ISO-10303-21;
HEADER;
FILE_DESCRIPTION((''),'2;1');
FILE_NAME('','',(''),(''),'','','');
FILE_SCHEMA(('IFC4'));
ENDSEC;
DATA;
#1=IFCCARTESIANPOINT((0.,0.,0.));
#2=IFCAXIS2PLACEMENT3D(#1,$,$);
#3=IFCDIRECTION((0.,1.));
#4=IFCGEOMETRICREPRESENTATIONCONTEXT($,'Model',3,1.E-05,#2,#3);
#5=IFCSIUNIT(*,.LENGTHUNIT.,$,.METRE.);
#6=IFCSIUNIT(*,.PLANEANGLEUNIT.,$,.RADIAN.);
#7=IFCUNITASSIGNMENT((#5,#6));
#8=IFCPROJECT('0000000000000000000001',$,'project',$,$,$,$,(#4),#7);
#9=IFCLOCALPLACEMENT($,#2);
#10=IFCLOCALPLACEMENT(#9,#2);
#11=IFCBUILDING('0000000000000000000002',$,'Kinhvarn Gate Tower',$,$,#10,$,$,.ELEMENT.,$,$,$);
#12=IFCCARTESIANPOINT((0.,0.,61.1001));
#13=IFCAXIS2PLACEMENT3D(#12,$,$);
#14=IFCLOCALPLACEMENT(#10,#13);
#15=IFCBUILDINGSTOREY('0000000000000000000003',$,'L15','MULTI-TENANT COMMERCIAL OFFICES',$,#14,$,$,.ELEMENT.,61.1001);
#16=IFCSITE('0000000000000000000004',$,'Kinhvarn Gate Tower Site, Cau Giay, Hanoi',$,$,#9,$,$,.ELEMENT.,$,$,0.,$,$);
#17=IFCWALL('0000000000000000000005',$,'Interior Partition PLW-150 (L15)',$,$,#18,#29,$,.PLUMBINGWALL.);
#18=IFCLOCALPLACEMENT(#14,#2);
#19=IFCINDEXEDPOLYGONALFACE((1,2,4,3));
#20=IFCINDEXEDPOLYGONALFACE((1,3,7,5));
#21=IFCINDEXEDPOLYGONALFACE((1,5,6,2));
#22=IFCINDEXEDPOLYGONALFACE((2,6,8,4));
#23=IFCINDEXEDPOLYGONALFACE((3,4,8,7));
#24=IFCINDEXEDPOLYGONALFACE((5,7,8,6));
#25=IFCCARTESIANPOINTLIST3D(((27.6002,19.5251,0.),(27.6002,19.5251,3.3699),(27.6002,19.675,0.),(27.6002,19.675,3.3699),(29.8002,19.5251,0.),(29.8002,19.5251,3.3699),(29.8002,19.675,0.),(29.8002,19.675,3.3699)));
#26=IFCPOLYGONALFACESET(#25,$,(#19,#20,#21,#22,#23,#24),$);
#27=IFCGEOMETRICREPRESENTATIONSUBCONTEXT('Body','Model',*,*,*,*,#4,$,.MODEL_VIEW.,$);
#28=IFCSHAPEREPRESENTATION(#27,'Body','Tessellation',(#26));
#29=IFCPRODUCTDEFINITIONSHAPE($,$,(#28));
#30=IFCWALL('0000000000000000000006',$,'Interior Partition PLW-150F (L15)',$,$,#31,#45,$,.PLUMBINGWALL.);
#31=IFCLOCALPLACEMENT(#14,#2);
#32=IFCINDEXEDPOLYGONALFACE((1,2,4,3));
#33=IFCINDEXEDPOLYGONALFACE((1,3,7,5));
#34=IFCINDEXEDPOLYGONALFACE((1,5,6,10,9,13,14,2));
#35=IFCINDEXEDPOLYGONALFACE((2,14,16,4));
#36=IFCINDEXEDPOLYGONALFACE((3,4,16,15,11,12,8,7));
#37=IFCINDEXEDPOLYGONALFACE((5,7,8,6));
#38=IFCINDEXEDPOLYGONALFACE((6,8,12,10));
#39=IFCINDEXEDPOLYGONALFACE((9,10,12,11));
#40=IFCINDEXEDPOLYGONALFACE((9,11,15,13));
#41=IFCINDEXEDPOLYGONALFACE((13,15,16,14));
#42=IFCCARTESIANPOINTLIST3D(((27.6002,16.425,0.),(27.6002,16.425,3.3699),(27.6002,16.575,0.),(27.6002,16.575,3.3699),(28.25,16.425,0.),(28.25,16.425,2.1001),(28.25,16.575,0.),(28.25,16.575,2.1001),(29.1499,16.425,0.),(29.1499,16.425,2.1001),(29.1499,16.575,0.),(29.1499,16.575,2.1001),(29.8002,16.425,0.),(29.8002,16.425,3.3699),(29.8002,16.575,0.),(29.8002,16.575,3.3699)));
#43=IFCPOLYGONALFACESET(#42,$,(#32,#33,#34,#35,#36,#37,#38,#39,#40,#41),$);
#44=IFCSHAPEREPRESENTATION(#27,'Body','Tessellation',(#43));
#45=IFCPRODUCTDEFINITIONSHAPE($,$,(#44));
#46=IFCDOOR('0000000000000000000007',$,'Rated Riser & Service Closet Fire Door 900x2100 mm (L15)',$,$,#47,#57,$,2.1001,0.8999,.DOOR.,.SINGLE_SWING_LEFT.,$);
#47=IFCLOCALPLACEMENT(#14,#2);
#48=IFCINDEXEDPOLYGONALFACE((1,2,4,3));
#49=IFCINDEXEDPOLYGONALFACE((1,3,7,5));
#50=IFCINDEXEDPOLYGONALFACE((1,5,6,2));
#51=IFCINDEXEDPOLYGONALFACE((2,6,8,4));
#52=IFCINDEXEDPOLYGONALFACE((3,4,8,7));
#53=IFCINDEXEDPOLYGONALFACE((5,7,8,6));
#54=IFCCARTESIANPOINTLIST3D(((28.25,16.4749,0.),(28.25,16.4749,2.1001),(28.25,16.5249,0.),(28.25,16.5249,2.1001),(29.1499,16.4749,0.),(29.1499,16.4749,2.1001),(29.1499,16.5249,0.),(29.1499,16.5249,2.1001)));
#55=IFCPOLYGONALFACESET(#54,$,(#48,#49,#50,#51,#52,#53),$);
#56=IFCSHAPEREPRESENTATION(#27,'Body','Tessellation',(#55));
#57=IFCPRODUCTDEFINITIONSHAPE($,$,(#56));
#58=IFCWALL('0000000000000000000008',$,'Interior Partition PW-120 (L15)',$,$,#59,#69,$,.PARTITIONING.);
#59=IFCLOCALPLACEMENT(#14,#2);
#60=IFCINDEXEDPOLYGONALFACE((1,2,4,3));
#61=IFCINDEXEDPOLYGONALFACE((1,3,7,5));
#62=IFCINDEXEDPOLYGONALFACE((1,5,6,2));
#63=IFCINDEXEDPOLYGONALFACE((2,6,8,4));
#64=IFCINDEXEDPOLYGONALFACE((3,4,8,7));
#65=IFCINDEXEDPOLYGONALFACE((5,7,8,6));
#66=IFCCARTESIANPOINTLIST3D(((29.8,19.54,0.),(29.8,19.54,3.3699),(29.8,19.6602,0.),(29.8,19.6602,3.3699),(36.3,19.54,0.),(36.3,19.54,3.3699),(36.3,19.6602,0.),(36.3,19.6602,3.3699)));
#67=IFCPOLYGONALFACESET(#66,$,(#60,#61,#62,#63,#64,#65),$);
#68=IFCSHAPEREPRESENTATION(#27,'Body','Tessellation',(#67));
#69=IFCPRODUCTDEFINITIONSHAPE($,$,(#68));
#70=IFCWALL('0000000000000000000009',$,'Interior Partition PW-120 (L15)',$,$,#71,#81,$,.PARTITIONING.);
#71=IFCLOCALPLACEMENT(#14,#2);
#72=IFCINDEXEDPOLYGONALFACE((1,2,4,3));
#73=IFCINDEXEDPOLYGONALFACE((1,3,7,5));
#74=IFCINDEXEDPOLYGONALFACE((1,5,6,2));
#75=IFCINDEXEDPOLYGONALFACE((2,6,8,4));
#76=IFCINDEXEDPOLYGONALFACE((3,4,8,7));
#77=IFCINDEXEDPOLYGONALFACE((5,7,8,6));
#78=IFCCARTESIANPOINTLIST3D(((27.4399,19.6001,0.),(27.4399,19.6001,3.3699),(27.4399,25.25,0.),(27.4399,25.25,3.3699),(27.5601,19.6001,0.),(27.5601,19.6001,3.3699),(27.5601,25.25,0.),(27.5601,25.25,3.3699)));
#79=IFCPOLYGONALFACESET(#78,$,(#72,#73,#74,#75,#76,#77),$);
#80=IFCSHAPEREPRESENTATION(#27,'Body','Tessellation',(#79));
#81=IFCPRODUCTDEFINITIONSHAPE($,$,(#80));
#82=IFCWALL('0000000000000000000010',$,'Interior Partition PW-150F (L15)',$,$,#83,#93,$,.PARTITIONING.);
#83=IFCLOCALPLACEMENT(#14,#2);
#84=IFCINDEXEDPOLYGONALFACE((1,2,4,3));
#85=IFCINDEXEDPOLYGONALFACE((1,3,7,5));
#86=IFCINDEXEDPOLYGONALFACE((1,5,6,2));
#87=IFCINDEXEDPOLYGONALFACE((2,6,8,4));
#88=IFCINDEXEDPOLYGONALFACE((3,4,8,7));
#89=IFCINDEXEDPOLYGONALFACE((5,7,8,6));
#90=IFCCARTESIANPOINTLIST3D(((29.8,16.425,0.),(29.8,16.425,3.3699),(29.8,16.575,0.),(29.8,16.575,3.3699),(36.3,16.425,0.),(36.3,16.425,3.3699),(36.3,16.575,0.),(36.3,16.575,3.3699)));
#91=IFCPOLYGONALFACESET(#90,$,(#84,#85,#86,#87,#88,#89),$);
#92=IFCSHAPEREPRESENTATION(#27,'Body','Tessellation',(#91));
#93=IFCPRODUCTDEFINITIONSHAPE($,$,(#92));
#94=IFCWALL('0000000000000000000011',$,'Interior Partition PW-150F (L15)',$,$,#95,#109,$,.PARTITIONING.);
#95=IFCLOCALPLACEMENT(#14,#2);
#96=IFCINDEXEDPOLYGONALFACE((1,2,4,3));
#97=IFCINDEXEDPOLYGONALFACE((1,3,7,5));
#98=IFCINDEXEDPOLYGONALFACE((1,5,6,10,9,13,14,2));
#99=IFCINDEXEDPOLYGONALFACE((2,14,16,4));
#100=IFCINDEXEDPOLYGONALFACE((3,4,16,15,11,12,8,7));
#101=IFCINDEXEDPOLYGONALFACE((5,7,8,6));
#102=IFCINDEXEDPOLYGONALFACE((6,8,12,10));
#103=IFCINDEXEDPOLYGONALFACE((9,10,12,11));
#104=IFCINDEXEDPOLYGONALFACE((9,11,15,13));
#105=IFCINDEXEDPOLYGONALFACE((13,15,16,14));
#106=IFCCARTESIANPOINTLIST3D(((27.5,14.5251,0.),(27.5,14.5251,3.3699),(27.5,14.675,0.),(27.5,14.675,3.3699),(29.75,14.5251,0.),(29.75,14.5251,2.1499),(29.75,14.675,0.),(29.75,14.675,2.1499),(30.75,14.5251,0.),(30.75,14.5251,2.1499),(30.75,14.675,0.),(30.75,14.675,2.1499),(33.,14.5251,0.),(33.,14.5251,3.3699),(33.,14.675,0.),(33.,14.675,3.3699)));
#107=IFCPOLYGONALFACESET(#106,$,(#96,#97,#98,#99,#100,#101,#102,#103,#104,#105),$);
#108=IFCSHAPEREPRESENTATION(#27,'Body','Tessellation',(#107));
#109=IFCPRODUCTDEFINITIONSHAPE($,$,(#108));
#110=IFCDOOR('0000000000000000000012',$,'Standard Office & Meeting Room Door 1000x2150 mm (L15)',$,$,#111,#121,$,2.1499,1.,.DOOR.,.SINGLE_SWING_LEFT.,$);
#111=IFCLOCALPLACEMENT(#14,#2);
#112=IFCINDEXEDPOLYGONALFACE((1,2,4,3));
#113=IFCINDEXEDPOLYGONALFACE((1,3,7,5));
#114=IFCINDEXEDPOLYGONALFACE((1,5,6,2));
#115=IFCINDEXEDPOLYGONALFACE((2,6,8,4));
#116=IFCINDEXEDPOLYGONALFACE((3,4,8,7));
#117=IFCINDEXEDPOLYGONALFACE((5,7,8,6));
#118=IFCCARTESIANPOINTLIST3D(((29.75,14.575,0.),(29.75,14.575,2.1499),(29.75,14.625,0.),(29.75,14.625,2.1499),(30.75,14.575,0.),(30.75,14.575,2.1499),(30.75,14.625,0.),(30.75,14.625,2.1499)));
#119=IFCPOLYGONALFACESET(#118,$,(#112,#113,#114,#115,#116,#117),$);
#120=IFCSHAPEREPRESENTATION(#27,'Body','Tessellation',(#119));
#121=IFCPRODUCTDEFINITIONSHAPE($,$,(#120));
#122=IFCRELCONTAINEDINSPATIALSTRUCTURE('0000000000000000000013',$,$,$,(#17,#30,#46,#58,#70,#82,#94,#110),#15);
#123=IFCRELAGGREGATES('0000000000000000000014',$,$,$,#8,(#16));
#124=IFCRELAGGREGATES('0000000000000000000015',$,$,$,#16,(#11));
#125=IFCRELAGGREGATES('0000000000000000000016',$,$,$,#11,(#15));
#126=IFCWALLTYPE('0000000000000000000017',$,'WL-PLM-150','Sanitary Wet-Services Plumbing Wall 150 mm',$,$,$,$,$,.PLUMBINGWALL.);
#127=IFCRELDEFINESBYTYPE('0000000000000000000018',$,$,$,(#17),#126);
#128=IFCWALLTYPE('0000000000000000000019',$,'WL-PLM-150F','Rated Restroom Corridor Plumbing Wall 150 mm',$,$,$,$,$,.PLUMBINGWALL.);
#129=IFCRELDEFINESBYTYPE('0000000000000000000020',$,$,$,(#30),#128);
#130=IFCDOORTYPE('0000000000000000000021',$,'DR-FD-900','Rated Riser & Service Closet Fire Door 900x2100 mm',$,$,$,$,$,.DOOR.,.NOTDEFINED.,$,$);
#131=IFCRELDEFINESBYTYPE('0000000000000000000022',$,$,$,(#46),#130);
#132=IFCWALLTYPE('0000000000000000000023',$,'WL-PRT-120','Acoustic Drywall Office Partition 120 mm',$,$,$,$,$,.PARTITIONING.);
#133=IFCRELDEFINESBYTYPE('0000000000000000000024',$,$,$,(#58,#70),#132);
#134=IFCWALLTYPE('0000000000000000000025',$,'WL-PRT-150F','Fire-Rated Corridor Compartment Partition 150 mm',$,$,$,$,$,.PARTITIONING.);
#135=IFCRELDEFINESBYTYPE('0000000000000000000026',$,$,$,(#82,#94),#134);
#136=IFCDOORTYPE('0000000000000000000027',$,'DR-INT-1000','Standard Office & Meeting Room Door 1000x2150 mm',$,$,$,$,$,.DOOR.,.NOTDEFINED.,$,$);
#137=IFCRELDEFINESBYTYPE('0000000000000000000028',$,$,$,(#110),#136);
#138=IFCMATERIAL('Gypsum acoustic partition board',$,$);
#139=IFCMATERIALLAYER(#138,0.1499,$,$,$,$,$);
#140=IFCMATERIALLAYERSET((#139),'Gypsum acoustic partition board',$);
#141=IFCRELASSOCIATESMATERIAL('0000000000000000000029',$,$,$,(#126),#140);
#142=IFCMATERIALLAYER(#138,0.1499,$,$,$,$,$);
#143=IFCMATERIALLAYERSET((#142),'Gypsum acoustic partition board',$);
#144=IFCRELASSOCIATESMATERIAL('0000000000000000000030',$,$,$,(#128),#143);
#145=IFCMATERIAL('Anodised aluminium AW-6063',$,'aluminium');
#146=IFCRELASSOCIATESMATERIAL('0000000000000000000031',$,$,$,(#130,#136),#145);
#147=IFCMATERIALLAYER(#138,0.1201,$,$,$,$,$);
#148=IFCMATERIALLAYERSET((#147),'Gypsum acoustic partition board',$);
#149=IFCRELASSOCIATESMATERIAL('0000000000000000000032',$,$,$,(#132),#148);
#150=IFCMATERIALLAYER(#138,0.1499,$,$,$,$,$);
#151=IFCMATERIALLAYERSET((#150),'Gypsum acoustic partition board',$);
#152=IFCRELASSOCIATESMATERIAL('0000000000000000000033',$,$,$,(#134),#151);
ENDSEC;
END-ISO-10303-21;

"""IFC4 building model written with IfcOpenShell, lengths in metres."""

from ifc_helpers import new_model, si_unit, direction, frame, frame_2d, origin, place, context, subcontext, project, spatial, rectangle, extrude, material, layer, layer_set, type_object, element, fill, save


model = new_model("IFC4")

# Units and contexts
model_context = context("Model", 3, precision=1e-05, world=origin(), true_north=direction((0.0, 1.0)))
body_context = subcontext(model_context, "Body", "Model", "MODEL_VIEW")
ifc_project = project(units=[si_unit("LENGTHUNIT", "METRE"), si_unit("PLANEANGLEUNIT", "RADIAN")], contexts=[model_context])

# Site, building, storey
site_placement = place(None, origin())
site = spatial("IfcSite", under=ifc_project, at=site_placement, Name="Kinhvarn Gate Tower Site, Cau Giay, Hanoi", CompositionType="ELEMENT", RefElevation=0.0)
building_placement = place(site_placement, origin())
building = spatial("IfcBuilding", under=site, at=building_placement, Name="Kinhvarn Gate Tower", CompositionType="ELEMENT")
storey_placement = place(building_placement, frame((0.0, 0.0, 61.1001)))
storey = spatial("IfcBuildingStorey", under=building, at=storey_placement, Name="L15", Description="MULTI-TENANT COMMERCIAL OFFICES", CompositionType="ELEMENT", Elevation=61.1001)

# Wall
ifc_material_1 = material(Name="Gypsum acoustic partition board")
ifc_layer_1 = layer(ifc_material_1, 0.1499)
ifc_layer_set_1 = layer_set([ifc_layer_1], Name="Gypsum acoustic partition board")
wall_type_1 = type_object("IfcWallType", Name="WL-PLM-150", Description="Sanitary Wet-Services Plumbing Wall 150 mm", PredefinedType="PLUMBINGWALL", material=ifc_layer_set_1)
wall_1_placement = place(storey_placement, frame((27.6001, 19.6001, 0.0), z_axis=(0.0, 0.0, 1.0), x_axis=(1.0, 0.0, 0.0)))
element("IfcWall", 1, at=wall_1_placement, inside=storey, type_object=wall_type_1, Name="Interior Partition PLW-150 (L15)", PredefinedType="PLUMBINGWALL", context=body_context, shape_type="SweptSolid", body=[
    extrude(rectangle(XDim=2.2, YDim=0.1499, at=frame_2d((1.1001, 0.0))), origin(), (0.0, 0.0, 1.0), 3.3699),
])

# Wall, opening, door
ifc_layer_2 = layer(ifc_material_1, 0.1499)
ifc_layer_set_2 = layer_set([ifc_layer_2], Name="Gypsum acoustic partition board")
wall_type_2 = type_object("IfcWallType", Name="WL-PLM-150F", Description="Rated Restroom Corridor Plumbing Wall 150 mm", PredefinedType="PLUMBINGWALL", material=ifc_layer_set_2)
wall_2_placement = place(storey_placement, frame((27.6001, 16.5, 0.0), z_axis=(0.0, 0.0, 1.0), x_axis=(1.0, 0.0, 0.0)))
wall_2 = element("IfcWall", 2, at=wall_2_placement, inside=storey, type_object=wall_type_2, Name="Interior Partition PLW-150F (L15)", PredefinedType="PLUMBINGWALL", context=body_context, shape_type="SweptSolid", body=[
    extrude(rectangle(XDim=2.2, YDim=0.1499, at=frame_2d((1.1001, 0.0))), origin(), (0.0, 0.0, 1.0), 3.3699),
])
opening_1_placement = place(wall_2_placement, frame((0.6499, 0.0, 0.0)))
opening_1 = element("IfcOpeningElement", 3, at=opening_1_placement, cuts=wall_2, PredefinedType="OPENING", context=body_context, shape_type="SweptSolid", body=[
    extrude(rectangle(XDim=0.8999, YDim=2.1001, at=frame_2d((0.45, 1.05))), frame((0.0, 0.085, 0.0), z_axis=(0.0, -1.0, 0.0), x_axis=(1.0, 0.0, 0.0)), (0.0, 0.0, 1.0), 0.1699),
])
ifc_material_2 = material(Name="Anodised aluminium AW-6063", Category="aluminium")
door_type_1 = type_object("IfcDoorType", Name="DR-FD-900", Description="Rated Riser & Service Closet Fire Door 900x2100 mm", OperationType="NOTDEFINED", PredefinedType="DOOR", material=ifc_material_2)
door_1_placement = place(opening_1_placement, origin())
door_1 = element("IfcDoor", 4, at=door_1_placement, inside=storey, type_object=door_type_1, Name="Rated Riser & Service Closet Fire Door 900x2100 mm (L15)", OperationType="SINGLE_SWING_LEFT", OverallHeight=2.1001, OverallWidth=0.8999, PredefinedType="DOOR", context=body_context, shape_type="SweptSolid", body=[
    extrude(rectangle(XDim=0.8999, YDim=2.1001, at=frame_2d((0.45, 1.05))), frame((0.0, 0.0249, 0.0), z_axis=(0.0, -1.0, 0.0), x_axis=(1.0, 0.0, 0.0)), (0.0, 0.0, 1.0), 0.05),
])
fill(opening_1, door_1)

# Walls
ifc_layer_3 = layer(ifc_material_1, 0.1201)
ifc_layer_set_3 = layer_set([ifc_layer_3], Name="Gypsum acoustic partition board")
wall_type_3 = type_object("IfcWallType", Name="WL-PRT-120", Description="Acoustic Drywall Office Partition 120 mm", PredefinedType="PARTITIONING", material=ifc_layer_set_3)
wall_3_placement = place(storey_placement, frame((29.8, 19.6001, 0.0), z_axis=(0.0, 0.0, 1.0), x_axis=(1.0, 0.0, 0.0)))
element("IfcWall", 5, at=wall_3_placement, inside=storey, type_object=wall_type_3, Name="Interior Partition PW-120 (L15)", PredefinedType="PARTITIONING", context=body_context, shape_type="SweptSolid", body=[
    extrude(rectangle(XDim=6.5, YDim=0.1201, at=frame_2d((3.25, 0.0))), origin(), (0.0, 0.0, 1.0), 3.3699),
])
wall_4_placement = place(storey_placement, frame((27.5, 19.6001, 0.0), z_axis=(0.0, 0.0, 1.0), x_axis=(0.0, 1.0, 0.0)))
element("IfcWall", 6, at=wall_4_placement, inside=storey, type_object=wall_type_3, Name="Interior Partition PW-120 (L15)", PredefinedType="PARTITIONING", context=body_context, shape_type="SweptSolid", body=[
    extrude(rectangle(XDim=5.6499, YDim=0.1201, at=frame_2d((2.825, 0.0))), origin(), (0.0, 0.0, 1.0), 3.3699),
])
ifc_layer_4 = layer(ifc_material_1, 0.1499)
ifc_layer_set_4 = layer_set([ifc_layer_4], Name="Gypsum acoustic partition board")
wall_type_4 = type_object("IfcWallType", Name="WL-PRT-150F", Description="Fire-Rated Corridor Compartment Partition 150 mm", PredefinedType="PARTITIONING", material=ifc_layer_set_4)
wall_5_placement = place(storey_placement, frame((29.8, 16.5, 0.0), z_axis=(0.0, 0.0, 1.0), x_axis=(1.0, 0.0, 0.0)))
element("IfcWall", 7, at=wall_5_placement, inside=storey, type_object=wall_type_4, Name="Interior Partition PW-150F (L15)", PredefinedType="PARTITIONING", context=body_context, shape_type="SweptSolid", body=[
    extrude(rectangle(XDim=6.5, YDim=0.1499, at=frame_2d((3.25, 0.0))), origin(), (0.0, 0.0, 1.0), 3.3699),
])

# Wall, opening, door
wall_6_placement = place(storey_placement, frame((27.5, 14.6001, 0.0), z_axis=(0.0, 0.0, 1.0), x_axis=(1.0, 0.0, 0.0)))
wall_6 = element("IfcWall", 8, at=wall_6_placement, inside=storey, type_object=wall_type_4, Name="Interior Partition PW-150F (L15)", PredefinedType="PARTITIONING", context=body_context, shape_type="SweptSolid", body=[
    extrude(rectangle(XDim=5.5, YDim=0.1499, at=frame_2d((2.75, 0.0))), origin(), (0.0, 0.0, 1.0), 3.3699),
])
opening_2_placement = place(wall_6_placement, frame((2.25, 0.0, 0.0)))
opening_2 = element("IfcOpeningElement", 9, at=opening_2_placement, cuts=wall_6, PredefinedType="OPENING", context=body_context, shape_type="SweptSolid", body=[
    extrude(rectangle(XDim=1.0, YDim=2.1499, at=frame_2d((0.5, 1.075))), frame((0.0, 0.085, 0.0), z_axis=(0.0, -1.0, 0.0), x_axis=(1.0, 0.0, 0.0)), (0.0, 0.0, 1.0), 0.1699),
])
door_type_2 = type_object("IfcDoorType", Name="DR-INT-1000", Description="Standard Office & Meeting Room Door 1000x2150 mm", OperationType="NOTDEFINED", PredefinedType="DOOR", material=ifc_material_2)
door_2_placement = place(opening_2_placement, origin())
door_2 = element("IfcDoor", 10, at=door_2_placement, inside=storey, type_object=door_type_2, Name="Standard Office & Meeting Room Door 1000x2150 mm (L15)", OperationType="SINGLE_SWING_LEFT", OverallHeight=2.1499, OverallWidth=1.0, PredefinedType="DOOR", context=body_context, shape_type="SweptSolid", body=[
    extrude(rectangle(XDim=1.0, YDim=2.1499, at=frame_2d((0.5, 1.075))), frame((0.0, 0.0249, 0.0), z_axis=(0.0, -1.0, 0.0), x_axis=(1.0, 0.0, 0.0)), (0.0, 0.0, 1.0), 0.05),
])
fill(opening_2, door_2)

save(model, "model.ifc")
